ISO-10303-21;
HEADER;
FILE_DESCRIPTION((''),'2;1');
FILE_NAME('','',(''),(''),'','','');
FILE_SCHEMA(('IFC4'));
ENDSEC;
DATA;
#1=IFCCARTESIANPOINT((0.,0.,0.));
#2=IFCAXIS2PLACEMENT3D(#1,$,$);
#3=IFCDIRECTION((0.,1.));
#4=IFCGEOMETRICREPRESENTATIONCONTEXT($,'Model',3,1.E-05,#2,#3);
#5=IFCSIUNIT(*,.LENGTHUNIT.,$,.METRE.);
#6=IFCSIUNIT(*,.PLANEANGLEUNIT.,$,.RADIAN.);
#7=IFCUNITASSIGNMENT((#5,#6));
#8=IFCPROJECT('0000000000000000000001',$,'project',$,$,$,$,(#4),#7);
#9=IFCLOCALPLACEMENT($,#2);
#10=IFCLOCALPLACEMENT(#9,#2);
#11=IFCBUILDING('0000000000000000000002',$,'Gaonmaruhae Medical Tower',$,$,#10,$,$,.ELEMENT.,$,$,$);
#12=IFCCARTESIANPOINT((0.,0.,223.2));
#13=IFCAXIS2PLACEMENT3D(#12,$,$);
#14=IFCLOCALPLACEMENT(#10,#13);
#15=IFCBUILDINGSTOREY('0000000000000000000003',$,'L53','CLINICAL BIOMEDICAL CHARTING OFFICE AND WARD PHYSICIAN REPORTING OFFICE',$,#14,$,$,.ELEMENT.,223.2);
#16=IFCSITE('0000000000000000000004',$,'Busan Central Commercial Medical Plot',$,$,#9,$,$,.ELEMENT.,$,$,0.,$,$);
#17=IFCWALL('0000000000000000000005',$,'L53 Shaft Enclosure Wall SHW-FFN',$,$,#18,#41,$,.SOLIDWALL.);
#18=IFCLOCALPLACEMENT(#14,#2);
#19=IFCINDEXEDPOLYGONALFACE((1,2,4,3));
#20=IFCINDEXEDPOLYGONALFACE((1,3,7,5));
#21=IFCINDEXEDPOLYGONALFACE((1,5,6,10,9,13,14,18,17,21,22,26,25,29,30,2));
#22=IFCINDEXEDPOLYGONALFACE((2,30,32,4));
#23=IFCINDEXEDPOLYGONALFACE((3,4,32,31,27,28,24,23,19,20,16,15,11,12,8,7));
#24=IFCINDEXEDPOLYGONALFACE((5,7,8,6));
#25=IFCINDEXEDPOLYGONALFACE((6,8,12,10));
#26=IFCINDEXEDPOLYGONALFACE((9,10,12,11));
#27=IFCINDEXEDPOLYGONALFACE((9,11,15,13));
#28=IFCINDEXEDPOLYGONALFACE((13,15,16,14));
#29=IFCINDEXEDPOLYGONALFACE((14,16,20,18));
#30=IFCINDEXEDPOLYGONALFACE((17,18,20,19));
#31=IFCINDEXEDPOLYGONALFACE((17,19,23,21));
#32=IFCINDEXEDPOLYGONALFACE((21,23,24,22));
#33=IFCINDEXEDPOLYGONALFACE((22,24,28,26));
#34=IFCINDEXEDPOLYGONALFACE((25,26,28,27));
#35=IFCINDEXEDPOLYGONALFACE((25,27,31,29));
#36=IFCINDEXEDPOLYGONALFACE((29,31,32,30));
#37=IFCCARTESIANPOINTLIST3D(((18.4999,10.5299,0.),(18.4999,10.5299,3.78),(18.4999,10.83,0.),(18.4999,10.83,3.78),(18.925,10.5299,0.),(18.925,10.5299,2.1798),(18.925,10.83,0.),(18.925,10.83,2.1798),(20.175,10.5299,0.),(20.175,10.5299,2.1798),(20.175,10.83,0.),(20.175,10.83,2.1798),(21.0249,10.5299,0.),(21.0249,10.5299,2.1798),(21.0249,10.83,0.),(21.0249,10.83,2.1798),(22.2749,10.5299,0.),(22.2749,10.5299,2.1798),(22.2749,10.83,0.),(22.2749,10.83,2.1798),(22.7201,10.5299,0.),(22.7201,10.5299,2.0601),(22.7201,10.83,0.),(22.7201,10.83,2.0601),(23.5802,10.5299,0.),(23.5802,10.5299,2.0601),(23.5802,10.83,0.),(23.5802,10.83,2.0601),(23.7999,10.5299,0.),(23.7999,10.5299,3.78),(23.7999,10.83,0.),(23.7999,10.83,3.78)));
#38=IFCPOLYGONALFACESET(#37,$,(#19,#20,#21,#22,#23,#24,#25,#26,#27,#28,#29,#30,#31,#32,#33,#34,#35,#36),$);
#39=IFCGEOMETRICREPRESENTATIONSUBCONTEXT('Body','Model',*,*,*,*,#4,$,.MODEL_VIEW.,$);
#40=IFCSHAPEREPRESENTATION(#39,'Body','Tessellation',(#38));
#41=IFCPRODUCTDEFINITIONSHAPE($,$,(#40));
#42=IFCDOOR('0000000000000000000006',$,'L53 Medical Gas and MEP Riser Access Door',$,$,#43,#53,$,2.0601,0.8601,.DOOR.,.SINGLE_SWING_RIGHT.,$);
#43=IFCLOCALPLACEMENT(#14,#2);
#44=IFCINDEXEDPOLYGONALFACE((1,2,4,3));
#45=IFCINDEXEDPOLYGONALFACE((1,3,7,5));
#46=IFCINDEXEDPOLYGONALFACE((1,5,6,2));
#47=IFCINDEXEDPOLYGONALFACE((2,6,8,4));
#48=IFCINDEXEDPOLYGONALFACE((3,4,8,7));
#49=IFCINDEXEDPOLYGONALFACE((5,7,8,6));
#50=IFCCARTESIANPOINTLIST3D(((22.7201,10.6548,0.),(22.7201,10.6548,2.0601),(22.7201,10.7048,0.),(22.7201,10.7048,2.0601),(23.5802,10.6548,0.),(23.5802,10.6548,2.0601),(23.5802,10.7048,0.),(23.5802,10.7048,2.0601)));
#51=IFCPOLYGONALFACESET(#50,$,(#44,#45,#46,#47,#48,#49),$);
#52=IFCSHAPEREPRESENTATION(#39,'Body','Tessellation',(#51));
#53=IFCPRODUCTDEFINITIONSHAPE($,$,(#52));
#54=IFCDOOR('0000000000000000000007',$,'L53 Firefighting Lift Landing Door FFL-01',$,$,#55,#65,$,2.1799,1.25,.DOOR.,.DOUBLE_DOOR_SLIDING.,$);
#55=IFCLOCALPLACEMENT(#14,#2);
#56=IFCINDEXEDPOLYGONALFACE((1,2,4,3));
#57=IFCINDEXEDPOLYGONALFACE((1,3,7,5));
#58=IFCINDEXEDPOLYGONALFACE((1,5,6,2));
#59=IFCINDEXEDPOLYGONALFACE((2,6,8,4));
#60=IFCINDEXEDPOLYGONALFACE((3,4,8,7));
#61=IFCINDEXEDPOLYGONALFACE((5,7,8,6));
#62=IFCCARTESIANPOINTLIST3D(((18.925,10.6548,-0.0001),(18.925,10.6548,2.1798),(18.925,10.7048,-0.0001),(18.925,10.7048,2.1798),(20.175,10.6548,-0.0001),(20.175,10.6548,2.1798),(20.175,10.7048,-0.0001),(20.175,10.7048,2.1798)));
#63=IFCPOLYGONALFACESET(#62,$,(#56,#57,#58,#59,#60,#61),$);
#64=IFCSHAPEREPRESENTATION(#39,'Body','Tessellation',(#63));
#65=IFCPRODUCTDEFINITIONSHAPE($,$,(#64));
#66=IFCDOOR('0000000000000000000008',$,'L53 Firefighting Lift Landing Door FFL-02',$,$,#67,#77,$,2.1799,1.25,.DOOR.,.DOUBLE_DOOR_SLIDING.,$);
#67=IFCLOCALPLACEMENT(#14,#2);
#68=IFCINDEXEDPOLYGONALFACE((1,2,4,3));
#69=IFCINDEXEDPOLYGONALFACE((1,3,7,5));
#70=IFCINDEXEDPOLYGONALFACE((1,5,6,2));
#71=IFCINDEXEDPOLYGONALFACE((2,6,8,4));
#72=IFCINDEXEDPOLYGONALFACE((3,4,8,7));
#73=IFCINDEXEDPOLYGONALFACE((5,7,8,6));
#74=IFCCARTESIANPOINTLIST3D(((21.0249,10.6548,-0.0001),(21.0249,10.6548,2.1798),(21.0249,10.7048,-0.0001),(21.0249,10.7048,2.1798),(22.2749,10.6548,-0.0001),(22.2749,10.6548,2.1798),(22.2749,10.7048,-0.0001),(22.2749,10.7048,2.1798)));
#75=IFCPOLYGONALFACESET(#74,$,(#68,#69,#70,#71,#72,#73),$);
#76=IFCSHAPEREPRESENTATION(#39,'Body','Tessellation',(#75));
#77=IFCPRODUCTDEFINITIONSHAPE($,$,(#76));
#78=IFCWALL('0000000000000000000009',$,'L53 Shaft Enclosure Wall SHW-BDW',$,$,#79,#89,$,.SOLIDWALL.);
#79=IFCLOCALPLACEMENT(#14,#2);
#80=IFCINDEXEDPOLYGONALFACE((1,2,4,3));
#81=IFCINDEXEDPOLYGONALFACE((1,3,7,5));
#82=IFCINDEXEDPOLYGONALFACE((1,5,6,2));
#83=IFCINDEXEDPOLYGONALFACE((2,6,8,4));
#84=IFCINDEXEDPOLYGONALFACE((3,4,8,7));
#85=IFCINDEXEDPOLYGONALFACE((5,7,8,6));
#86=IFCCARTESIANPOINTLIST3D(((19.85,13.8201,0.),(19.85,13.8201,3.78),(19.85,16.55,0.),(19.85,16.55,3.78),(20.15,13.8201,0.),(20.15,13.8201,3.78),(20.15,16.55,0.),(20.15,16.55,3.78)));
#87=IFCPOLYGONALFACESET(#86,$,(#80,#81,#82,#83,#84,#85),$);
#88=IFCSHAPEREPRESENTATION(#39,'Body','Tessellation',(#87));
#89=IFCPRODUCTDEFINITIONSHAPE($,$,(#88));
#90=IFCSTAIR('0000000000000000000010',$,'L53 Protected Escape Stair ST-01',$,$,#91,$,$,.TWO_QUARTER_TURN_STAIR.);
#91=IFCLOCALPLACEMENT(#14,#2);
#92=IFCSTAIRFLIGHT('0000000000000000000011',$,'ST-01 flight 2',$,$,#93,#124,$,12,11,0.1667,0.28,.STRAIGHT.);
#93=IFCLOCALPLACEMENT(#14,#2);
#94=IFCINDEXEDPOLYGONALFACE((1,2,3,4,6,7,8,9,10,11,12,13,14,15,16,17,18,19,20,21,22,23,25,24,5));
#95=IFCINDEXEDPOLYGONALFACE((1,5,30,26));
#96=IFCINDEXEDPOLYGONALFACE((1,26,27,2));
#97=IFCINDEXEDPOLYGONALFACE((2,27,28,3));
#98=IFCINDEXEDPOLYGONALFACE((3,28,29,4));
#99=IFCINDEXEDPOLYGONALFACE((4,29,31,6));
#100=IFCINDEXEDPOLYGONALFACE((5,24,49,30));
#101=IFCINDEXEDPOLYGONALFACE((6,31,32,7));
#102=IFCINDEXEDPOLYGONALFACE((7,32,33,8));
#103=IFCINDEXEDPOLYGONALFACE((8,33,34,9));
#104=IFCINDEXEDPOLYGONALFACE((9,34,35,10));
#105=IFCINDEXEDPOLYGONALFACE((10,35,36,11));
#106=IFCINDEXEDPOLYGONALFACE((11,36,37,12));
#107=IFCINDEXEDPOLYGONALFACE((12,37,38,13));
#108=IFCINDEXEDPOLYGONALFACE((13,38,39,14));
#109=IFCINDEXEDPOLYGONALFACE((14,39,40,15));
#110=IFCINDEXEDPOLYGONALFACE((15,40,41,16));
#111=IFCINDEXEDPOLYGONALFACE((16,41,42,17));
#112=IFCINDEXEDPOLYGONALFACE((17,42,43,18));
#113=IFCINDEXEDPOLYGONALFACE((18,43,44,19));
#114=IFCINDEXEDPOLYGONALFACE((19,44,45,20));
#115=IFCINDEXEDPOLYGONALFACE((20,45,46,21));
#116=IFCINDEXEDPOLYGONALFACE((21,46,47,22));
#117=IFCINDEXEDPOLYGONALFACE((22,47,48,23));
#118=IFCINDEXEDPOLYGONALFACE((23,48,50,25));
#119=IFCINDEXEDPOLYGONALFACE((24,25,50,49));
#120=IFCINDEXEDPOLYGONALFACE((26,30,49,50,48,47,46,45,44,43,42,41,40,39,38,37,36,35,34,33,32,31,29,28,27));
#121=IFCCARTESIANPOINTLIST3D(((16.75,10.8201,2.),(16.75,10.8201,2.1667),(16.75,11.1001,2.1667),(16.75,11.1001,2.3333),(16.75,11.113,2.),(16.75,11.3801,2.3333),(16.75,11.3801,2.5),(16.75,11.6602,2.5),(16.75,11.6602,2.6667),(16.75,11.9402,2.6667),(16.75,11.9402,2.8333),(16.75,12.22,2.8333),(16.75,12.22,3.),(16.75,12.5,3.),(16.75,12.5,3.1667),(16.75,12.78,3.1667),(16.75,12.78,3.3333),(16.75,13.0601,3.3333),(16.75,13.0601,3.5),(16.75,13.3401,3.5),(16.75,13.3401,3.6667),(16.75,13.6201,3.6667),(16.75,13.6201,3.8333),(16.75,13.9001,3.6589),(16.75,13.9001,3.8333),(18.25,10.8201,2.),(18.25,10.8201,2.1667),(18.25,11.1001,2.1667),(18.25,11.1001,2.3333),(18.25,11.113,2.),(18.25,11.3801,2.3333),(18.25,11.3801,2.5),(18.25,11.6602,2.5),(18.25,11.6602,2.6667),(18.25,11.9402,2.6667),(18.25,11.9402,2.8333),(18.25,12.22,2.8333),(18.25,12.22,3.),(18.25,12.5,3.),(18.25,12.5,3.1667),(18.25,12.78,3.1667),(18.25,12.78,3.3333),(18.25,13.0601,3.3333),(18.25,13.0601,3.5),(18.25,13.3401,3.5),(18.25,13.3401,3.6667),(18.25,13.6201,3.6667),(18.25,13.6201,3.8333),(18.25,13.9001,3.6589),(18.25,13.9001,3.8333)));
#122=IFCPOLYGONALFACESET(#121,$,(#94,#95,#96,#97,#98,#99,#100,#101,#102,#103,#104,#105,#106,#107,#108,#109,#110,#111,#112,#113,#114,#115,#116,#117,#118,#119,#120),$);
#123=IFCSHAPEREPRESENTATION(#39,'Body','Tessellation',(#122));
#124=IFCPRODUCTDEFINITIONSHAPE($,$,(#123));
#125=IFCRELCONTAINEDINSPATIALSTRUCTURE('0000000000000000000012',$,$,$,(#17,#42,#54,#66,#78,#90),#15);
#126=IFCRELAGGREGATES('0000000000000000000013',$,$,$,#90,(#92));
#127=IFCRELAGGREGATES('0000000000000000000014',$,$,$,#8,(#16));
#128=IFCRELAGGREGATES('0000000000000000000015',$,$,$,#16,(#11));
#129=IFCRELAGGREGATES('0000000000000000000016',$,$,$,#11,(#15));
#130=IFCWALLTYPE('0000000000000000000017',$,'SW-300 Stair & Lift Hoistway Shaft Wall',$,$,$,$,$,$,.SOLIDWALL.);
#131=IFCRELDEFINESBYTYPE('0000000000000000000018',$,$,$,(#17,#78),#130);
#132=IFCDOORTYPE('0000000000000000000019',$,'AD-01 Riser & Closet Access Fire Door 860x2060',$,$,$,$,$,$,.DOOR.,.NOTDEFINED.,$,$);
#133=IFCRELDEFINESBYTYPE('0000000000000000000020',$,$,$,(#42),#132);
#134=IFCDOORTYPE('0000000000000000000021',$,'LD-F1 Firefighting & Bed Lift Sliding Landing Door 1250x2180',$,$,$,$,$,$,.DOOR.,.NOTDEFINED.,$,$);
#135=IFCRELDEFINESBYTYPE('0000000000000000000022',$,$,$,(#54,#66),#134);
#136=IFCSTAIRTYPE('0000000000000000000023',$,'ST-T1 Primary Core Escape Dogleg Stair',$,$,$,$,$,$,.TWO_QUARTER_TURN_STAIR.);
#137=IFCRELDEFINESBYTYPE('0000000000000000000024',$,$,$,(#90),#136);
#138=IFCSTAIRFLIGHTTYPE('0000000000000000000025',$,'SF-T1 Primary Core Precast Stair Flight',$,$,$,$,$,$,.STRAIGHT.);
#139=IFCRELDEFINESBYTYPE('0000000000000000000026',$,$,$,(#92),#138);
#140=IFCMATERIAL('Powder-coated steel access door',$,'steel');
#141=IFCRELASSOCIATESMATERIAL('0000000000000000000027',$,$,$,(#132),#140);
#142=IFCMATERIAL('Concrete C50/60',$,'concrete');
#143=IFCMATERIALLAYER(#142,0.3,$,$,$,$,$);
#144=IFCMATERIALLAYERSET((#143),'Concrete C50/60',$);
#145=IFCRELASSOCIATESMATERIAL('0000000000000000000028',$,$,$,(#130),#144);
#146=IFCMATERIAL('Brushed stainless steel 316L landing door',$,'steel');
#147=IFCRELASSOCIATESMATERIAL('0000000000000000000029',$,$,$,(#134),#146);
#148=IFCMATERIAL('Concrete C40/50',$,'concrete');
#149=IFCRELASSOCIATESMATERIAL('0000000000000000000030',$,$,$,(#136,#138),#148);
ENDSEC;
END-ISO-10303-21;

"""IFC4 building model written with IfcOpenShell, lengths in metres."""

from ifc_helpers import new_model, si_unit, direction, frame, frame_2d, origin, place, context, subcontext, project, spatial, polyline, rectangle, outline, extrude, material, layer, layer_set, type_object, element, fill, aggregate, save


model = new_model("IFC4")

# Units and contexts
model_context = context("Model", 3, precision=1e-05, world=origin(), true_north=direction((0.0, 1.0)))
body_context = subcontext(model_context, "Body", "Model", "MODEL_VIEW")
ifc_project = project(units=[si_unit("LENGTHUNIT", "METRE"), si_unit("PLANEANGLEUNIT", "RADIAN")], contexts=[model_context])

# Site, building, storey
site_placement = place(None, origin())
site = spatial("IfcSite", under=ifc_project, at=site_placement, Name="Busan Central Commercial Medical Plot", CompositionType="ELEMENT", RefElevation=0.0)
building_placement = place(site_placement, origin())
building = spatial("IfcBuilding", under=site, at=building_placement, Name="Gaonmaruhae Medical Tower", CompositionType="ELEMENT")
storey_placement = place(building_placement, frame((0.0, 0.0, 223.2)))
storey = spatial("IfcBuildingStorey", under=building, at=storey_placement, Name="L53", Description="CLINICAL BIOMEDICAL CHARTING OFFICE AND WARD PHYSICIAN REPORTING OFFICE", CompositionType="ELEMENT", Elevation=223.2)

# Shared definitions
ifc_material_1 = material(Name="Concrete C50/60", Category="concrete")

# Shared definitions
ifc_material_2 = material(Name="Powder-coated steel access door", Category="steel")
door_type_1 = type_object("IfcDoorType", Name="AD-01 Riser & Closet Access Fire Door 860x2060", OperationType="NOTDEFINED", PredefinedType="DOOR", material=ifc_material_2)

# Wall, openings, doors
ifc_layer_1 = layer(ifc_material_1, 0.3)
ifc_layer_set_1 = layer_set([ifc_layer_1], Name="Concrete C50/60")
wall_type_1 = type_object("IfcWallType", Name="SW-300 Stair & Lift Hoistway Shaft Wall", PredefinedType="SOLIDWALL", material=ifc_layer_set_1)
ifc_material_3 = material(Name="Brushed stainless steel 316L landing door", Category="steel")
door_type_2 = type_object("IfcDoorType", Name="LD-F1 Firefighting & Bed Lift Sliding Landing Door 1250x2180", OperationType="NOTDEFINED", PredefinedType="DOOR", material=ifc_material_3)
wall_1_placement = place(storey_placement, frame((18.5, 10.6799, 0.0), z_axis=(0.0, 0.0, 1.0), x_axis=(1.0, 0.0, 0.0)))
wall_1 = element("IfcWall", 1, at=wall_1_placement, inside=storey, type_object=wall_type_1, Name="L53 Shaft Enclosure Wall SHW-FFN", PredefinedType="SOLIDWALL", context=body_context, shape_type="SweptSolid", body=[
    extrude(rectangle(XDim=5.3, YDim=0.3, at=frame_2d((2.6499, 0.0))), origin(), (0.0, 0.0, 1.0), 3.78),
])
opening_1_placement = place(wall_1_placement, frame((4.22, 0.0, 0.0)))
opening_1 = element("IfcOpeningElement", 2, at=opening_1_placement, cuts=wall_1, PredefinedType="OPENING", context=body_context, shape_type="SweptSolid", body=[
    extrude(rectangle(XDim=0.8601, YDim=2.0601, at=frame_2d((0.4302, 1.03))), frame((0.0, 0.1602, 0.0), z_axis=(0.0, -1.0, 0.0), x_axis=(1.0, 0.0, 0.0)), (0.0, 0.0, 1.0), 0.3201),
])
opening_2_placement = place(wall_1_placement, frame((0.425, 0.0, 0.0)))
opening_2 = element("IfcOpeningElement", 3, at=opening_2_placement, cuts=wall_1, PredefinedType="OPENING", context=body_context, shape_type="SweptSolid", body=[
    extrude(rectangle(XDim=1.25, YDim=2.1799, at=frame_2d((0.625, 1.0898))), frame((0.0, 0.1602, 0.0), z_axis=(0.0, -1.0, 0.0), x_axis=(1.0, 0.0, 0.0)), (0.0, 0.0, 1.0), 0.3201),
])
opening_3_placement = place(wall_1_placement, frame((2.5249, 0.0, 0.0)))
opening_3 = element("IfcOpeningElement", 4, at=opening_3_placement, cuts=wall_1, PredefinedType="OPENING", context=body_context, shape_type="SweptSolid", body=[
    extrude(rectangle(XDim=1.25, YDim=2.1799, at=frame_2d((0.625, 1.0898))), frame((0.0, 0.1602, 0.0), z_axis=(0.0, -1.0, 0.0), x_axis=(1.0, 0.0, 0.0)), (0.0, 0.0, 1.0), 0.3201),
])
door_1_placement = place(opening_1_placement, origin())
door_1 = element("IfcDoor", 5, at=door_1_placement, inside=storey, type_object=door_type_1, Name="L53 Medical Gas and MEP Riser Access Door", OperationType="SINGLE_SWING_RIGHT", OverallHeight=2.0601, OverallWidth=0.8601, PredefinedType="DOOR", context=body_context, shape_type="SweptSolid", body=[
    extrude(rectangle(XDim=0.8601, YDim=2.0601, at=frame_2d((0.4302, 1.03))), frame((0.0, 0.0249, 0.0), z_axis=(0.0, -1.0, 0.0), x_axis=(1.0, 0.0, 0.0)), (0.0, 0.0, 1.0), 0.05),
])
fill(opening_1, door_1)
door_2_placement = place(opening_2_placement, origin())
door_2 = element("IfcDoor", 6, at=door_2_placement, inside=storey, type_object=door_type_2, Name="L53 Firefighting Lift Landing Door FFL-01", OperationType="DOUBLE_DOOR_SLIDING", OverallHeight=2.1799, OverallWidth=1.25, PredefinedType="DOOR", context=body_context, shape_type="SweptSolid", body=[
    extrude(rectangle(XDim=1.25, YDim=2.1799, at=frame_2d((0.625, 1.0898))), frame((0.0, 0.0249, 0.0), z_axis=(0.0, -1.0, 0.0), x_axis=(1.0, 0.0, 0.0)), (0.0, 0.0, 1.0), 0.05),
])
fill(opening_2, door_2)
door_3_placement = place(opening_3_placement, origin())
door_3 = element("IfcDoor", 7, at=door_3_placement, inside=storey, type_object=door_type_2, Name="L53 Firefighting Lift Landing Door FFL-02", OperationType="DOUBLE_DOOR_SLIDING", OverallHeight=2.1799, OverallWidth=1.25, PredefinedType="DOOR", context=body_context, shape_type="SweptSolid", body=[
    extrude(rectangle(XDim=1.25, YDim=2.1799, at=frame_2d((0.625, 1.0898))), frame((0.0, 0.0249, 0.0), z_axis=(0.0, -1.0, 0.0), x_axis=(1.0, 0.0, 0.0)), (0.0, 0.0, 1.0), 0.05),
])
fill(opening_3, door_3)

# Wall
wall_2_placement = place(storey_placement, frame((20.0, 13.8201, 0.0), z_axis=(0.0, 0.0, 1.0), x_axis=(0.0, 1.0, 0.0)))
element("IfcWall", 8, at=wall_2_placement, inside=storey, type_object=wall_type_1, Name="L53 Shaft Enclosure Wall SHW-BDW", PredefinedType="SOLIDWALL", context=body_context, shape_type="SweptSolid", body=[
    extrude(rectangle(XDim=2.73, YDim=0.3, at=frame_2d((1.365, 0.0))), origin(), (0.0, 0.0, 1.0), 3.78),
])

# Stair, stair flight
ifc_material_4 = material(Name="Concrete C40/50", Category="concrete")
stair_type = type_object("IfcStairType", Name="ST-T1 Primary Core Escape Dogleg Stair", PredefinedType="TWO_QUARTER_TURN_STAIR", material=ifc_material_4)
stair_placement = place(storey_placement, origin())
stair = element("IfcStair", 9, at=stair_placement, inside=storey, type_object=stair_type, Name="L53 Protected Escape Stair ST-01", PredefinedType="TWO_QUARTER_TURN_STAIR")
stair_flight_type = type_object("IfcStairFlightType", Name="SF-T1 Primary Core Precast Stair Flight", PredefinedType="STRAIGHT", material=ifc_material_4)
stair_flight_placement = place(storey_placement, frame((17.5, 10.8201, 2.0), z_axis=(0.0, 0.0, 1.0), x_axis=(0.0, 1.0, 0.0)))
stair_flight = element("IfcStairFlight", 10, at=stair_flight_placement, type_object=stair_flight_type, Name="ST-01 flight 2", NumberOfRisers=12, NumberOfTreads=11, PredefinedType="STRAIGHT", RiserHeight=0.1667, TreadLength=0.28, context=body_context, shape_type="SweptSolid", body=[
    extrude(outline(polyline([(0.0, 0.0), (0.0, 0.1667), (0.28, 0.1667), (0.28, 0.3333), (0.5601, 0.3333), (0.5601, 0.5), (0.8401, 0.5), (0.8401, 0.6667), (1.1201, 0.6667), (1.1201, 0.8333), (1.3999, 0.8333), (1.3999, 1.0), (1.6799, 1.0), (1.6799, 1.1667), (1.96, 1.1667), (1.96, 1.3333), (2.24, 1.3333), (2.24, 1.5), (2.52, 1.5), (2.52, 1.6667), (2.8, 1.6667), (2.8, 1.8333), (3.0801, 1.8333), (3.0801, 2.0), (3.0801, 1.6589), (0.293, 0.0), (0.0, 0.0)])), frame((0.0, 0.75, 0.0), z_axis=(0.0, -1.0, 0.0), x_axis=(1.0, 0.0, 0.0)), (0.0, 0.0, 1.0), 1.5),
])
aggregate(stair, [stair_flight])

save(model, "model.ifc")
